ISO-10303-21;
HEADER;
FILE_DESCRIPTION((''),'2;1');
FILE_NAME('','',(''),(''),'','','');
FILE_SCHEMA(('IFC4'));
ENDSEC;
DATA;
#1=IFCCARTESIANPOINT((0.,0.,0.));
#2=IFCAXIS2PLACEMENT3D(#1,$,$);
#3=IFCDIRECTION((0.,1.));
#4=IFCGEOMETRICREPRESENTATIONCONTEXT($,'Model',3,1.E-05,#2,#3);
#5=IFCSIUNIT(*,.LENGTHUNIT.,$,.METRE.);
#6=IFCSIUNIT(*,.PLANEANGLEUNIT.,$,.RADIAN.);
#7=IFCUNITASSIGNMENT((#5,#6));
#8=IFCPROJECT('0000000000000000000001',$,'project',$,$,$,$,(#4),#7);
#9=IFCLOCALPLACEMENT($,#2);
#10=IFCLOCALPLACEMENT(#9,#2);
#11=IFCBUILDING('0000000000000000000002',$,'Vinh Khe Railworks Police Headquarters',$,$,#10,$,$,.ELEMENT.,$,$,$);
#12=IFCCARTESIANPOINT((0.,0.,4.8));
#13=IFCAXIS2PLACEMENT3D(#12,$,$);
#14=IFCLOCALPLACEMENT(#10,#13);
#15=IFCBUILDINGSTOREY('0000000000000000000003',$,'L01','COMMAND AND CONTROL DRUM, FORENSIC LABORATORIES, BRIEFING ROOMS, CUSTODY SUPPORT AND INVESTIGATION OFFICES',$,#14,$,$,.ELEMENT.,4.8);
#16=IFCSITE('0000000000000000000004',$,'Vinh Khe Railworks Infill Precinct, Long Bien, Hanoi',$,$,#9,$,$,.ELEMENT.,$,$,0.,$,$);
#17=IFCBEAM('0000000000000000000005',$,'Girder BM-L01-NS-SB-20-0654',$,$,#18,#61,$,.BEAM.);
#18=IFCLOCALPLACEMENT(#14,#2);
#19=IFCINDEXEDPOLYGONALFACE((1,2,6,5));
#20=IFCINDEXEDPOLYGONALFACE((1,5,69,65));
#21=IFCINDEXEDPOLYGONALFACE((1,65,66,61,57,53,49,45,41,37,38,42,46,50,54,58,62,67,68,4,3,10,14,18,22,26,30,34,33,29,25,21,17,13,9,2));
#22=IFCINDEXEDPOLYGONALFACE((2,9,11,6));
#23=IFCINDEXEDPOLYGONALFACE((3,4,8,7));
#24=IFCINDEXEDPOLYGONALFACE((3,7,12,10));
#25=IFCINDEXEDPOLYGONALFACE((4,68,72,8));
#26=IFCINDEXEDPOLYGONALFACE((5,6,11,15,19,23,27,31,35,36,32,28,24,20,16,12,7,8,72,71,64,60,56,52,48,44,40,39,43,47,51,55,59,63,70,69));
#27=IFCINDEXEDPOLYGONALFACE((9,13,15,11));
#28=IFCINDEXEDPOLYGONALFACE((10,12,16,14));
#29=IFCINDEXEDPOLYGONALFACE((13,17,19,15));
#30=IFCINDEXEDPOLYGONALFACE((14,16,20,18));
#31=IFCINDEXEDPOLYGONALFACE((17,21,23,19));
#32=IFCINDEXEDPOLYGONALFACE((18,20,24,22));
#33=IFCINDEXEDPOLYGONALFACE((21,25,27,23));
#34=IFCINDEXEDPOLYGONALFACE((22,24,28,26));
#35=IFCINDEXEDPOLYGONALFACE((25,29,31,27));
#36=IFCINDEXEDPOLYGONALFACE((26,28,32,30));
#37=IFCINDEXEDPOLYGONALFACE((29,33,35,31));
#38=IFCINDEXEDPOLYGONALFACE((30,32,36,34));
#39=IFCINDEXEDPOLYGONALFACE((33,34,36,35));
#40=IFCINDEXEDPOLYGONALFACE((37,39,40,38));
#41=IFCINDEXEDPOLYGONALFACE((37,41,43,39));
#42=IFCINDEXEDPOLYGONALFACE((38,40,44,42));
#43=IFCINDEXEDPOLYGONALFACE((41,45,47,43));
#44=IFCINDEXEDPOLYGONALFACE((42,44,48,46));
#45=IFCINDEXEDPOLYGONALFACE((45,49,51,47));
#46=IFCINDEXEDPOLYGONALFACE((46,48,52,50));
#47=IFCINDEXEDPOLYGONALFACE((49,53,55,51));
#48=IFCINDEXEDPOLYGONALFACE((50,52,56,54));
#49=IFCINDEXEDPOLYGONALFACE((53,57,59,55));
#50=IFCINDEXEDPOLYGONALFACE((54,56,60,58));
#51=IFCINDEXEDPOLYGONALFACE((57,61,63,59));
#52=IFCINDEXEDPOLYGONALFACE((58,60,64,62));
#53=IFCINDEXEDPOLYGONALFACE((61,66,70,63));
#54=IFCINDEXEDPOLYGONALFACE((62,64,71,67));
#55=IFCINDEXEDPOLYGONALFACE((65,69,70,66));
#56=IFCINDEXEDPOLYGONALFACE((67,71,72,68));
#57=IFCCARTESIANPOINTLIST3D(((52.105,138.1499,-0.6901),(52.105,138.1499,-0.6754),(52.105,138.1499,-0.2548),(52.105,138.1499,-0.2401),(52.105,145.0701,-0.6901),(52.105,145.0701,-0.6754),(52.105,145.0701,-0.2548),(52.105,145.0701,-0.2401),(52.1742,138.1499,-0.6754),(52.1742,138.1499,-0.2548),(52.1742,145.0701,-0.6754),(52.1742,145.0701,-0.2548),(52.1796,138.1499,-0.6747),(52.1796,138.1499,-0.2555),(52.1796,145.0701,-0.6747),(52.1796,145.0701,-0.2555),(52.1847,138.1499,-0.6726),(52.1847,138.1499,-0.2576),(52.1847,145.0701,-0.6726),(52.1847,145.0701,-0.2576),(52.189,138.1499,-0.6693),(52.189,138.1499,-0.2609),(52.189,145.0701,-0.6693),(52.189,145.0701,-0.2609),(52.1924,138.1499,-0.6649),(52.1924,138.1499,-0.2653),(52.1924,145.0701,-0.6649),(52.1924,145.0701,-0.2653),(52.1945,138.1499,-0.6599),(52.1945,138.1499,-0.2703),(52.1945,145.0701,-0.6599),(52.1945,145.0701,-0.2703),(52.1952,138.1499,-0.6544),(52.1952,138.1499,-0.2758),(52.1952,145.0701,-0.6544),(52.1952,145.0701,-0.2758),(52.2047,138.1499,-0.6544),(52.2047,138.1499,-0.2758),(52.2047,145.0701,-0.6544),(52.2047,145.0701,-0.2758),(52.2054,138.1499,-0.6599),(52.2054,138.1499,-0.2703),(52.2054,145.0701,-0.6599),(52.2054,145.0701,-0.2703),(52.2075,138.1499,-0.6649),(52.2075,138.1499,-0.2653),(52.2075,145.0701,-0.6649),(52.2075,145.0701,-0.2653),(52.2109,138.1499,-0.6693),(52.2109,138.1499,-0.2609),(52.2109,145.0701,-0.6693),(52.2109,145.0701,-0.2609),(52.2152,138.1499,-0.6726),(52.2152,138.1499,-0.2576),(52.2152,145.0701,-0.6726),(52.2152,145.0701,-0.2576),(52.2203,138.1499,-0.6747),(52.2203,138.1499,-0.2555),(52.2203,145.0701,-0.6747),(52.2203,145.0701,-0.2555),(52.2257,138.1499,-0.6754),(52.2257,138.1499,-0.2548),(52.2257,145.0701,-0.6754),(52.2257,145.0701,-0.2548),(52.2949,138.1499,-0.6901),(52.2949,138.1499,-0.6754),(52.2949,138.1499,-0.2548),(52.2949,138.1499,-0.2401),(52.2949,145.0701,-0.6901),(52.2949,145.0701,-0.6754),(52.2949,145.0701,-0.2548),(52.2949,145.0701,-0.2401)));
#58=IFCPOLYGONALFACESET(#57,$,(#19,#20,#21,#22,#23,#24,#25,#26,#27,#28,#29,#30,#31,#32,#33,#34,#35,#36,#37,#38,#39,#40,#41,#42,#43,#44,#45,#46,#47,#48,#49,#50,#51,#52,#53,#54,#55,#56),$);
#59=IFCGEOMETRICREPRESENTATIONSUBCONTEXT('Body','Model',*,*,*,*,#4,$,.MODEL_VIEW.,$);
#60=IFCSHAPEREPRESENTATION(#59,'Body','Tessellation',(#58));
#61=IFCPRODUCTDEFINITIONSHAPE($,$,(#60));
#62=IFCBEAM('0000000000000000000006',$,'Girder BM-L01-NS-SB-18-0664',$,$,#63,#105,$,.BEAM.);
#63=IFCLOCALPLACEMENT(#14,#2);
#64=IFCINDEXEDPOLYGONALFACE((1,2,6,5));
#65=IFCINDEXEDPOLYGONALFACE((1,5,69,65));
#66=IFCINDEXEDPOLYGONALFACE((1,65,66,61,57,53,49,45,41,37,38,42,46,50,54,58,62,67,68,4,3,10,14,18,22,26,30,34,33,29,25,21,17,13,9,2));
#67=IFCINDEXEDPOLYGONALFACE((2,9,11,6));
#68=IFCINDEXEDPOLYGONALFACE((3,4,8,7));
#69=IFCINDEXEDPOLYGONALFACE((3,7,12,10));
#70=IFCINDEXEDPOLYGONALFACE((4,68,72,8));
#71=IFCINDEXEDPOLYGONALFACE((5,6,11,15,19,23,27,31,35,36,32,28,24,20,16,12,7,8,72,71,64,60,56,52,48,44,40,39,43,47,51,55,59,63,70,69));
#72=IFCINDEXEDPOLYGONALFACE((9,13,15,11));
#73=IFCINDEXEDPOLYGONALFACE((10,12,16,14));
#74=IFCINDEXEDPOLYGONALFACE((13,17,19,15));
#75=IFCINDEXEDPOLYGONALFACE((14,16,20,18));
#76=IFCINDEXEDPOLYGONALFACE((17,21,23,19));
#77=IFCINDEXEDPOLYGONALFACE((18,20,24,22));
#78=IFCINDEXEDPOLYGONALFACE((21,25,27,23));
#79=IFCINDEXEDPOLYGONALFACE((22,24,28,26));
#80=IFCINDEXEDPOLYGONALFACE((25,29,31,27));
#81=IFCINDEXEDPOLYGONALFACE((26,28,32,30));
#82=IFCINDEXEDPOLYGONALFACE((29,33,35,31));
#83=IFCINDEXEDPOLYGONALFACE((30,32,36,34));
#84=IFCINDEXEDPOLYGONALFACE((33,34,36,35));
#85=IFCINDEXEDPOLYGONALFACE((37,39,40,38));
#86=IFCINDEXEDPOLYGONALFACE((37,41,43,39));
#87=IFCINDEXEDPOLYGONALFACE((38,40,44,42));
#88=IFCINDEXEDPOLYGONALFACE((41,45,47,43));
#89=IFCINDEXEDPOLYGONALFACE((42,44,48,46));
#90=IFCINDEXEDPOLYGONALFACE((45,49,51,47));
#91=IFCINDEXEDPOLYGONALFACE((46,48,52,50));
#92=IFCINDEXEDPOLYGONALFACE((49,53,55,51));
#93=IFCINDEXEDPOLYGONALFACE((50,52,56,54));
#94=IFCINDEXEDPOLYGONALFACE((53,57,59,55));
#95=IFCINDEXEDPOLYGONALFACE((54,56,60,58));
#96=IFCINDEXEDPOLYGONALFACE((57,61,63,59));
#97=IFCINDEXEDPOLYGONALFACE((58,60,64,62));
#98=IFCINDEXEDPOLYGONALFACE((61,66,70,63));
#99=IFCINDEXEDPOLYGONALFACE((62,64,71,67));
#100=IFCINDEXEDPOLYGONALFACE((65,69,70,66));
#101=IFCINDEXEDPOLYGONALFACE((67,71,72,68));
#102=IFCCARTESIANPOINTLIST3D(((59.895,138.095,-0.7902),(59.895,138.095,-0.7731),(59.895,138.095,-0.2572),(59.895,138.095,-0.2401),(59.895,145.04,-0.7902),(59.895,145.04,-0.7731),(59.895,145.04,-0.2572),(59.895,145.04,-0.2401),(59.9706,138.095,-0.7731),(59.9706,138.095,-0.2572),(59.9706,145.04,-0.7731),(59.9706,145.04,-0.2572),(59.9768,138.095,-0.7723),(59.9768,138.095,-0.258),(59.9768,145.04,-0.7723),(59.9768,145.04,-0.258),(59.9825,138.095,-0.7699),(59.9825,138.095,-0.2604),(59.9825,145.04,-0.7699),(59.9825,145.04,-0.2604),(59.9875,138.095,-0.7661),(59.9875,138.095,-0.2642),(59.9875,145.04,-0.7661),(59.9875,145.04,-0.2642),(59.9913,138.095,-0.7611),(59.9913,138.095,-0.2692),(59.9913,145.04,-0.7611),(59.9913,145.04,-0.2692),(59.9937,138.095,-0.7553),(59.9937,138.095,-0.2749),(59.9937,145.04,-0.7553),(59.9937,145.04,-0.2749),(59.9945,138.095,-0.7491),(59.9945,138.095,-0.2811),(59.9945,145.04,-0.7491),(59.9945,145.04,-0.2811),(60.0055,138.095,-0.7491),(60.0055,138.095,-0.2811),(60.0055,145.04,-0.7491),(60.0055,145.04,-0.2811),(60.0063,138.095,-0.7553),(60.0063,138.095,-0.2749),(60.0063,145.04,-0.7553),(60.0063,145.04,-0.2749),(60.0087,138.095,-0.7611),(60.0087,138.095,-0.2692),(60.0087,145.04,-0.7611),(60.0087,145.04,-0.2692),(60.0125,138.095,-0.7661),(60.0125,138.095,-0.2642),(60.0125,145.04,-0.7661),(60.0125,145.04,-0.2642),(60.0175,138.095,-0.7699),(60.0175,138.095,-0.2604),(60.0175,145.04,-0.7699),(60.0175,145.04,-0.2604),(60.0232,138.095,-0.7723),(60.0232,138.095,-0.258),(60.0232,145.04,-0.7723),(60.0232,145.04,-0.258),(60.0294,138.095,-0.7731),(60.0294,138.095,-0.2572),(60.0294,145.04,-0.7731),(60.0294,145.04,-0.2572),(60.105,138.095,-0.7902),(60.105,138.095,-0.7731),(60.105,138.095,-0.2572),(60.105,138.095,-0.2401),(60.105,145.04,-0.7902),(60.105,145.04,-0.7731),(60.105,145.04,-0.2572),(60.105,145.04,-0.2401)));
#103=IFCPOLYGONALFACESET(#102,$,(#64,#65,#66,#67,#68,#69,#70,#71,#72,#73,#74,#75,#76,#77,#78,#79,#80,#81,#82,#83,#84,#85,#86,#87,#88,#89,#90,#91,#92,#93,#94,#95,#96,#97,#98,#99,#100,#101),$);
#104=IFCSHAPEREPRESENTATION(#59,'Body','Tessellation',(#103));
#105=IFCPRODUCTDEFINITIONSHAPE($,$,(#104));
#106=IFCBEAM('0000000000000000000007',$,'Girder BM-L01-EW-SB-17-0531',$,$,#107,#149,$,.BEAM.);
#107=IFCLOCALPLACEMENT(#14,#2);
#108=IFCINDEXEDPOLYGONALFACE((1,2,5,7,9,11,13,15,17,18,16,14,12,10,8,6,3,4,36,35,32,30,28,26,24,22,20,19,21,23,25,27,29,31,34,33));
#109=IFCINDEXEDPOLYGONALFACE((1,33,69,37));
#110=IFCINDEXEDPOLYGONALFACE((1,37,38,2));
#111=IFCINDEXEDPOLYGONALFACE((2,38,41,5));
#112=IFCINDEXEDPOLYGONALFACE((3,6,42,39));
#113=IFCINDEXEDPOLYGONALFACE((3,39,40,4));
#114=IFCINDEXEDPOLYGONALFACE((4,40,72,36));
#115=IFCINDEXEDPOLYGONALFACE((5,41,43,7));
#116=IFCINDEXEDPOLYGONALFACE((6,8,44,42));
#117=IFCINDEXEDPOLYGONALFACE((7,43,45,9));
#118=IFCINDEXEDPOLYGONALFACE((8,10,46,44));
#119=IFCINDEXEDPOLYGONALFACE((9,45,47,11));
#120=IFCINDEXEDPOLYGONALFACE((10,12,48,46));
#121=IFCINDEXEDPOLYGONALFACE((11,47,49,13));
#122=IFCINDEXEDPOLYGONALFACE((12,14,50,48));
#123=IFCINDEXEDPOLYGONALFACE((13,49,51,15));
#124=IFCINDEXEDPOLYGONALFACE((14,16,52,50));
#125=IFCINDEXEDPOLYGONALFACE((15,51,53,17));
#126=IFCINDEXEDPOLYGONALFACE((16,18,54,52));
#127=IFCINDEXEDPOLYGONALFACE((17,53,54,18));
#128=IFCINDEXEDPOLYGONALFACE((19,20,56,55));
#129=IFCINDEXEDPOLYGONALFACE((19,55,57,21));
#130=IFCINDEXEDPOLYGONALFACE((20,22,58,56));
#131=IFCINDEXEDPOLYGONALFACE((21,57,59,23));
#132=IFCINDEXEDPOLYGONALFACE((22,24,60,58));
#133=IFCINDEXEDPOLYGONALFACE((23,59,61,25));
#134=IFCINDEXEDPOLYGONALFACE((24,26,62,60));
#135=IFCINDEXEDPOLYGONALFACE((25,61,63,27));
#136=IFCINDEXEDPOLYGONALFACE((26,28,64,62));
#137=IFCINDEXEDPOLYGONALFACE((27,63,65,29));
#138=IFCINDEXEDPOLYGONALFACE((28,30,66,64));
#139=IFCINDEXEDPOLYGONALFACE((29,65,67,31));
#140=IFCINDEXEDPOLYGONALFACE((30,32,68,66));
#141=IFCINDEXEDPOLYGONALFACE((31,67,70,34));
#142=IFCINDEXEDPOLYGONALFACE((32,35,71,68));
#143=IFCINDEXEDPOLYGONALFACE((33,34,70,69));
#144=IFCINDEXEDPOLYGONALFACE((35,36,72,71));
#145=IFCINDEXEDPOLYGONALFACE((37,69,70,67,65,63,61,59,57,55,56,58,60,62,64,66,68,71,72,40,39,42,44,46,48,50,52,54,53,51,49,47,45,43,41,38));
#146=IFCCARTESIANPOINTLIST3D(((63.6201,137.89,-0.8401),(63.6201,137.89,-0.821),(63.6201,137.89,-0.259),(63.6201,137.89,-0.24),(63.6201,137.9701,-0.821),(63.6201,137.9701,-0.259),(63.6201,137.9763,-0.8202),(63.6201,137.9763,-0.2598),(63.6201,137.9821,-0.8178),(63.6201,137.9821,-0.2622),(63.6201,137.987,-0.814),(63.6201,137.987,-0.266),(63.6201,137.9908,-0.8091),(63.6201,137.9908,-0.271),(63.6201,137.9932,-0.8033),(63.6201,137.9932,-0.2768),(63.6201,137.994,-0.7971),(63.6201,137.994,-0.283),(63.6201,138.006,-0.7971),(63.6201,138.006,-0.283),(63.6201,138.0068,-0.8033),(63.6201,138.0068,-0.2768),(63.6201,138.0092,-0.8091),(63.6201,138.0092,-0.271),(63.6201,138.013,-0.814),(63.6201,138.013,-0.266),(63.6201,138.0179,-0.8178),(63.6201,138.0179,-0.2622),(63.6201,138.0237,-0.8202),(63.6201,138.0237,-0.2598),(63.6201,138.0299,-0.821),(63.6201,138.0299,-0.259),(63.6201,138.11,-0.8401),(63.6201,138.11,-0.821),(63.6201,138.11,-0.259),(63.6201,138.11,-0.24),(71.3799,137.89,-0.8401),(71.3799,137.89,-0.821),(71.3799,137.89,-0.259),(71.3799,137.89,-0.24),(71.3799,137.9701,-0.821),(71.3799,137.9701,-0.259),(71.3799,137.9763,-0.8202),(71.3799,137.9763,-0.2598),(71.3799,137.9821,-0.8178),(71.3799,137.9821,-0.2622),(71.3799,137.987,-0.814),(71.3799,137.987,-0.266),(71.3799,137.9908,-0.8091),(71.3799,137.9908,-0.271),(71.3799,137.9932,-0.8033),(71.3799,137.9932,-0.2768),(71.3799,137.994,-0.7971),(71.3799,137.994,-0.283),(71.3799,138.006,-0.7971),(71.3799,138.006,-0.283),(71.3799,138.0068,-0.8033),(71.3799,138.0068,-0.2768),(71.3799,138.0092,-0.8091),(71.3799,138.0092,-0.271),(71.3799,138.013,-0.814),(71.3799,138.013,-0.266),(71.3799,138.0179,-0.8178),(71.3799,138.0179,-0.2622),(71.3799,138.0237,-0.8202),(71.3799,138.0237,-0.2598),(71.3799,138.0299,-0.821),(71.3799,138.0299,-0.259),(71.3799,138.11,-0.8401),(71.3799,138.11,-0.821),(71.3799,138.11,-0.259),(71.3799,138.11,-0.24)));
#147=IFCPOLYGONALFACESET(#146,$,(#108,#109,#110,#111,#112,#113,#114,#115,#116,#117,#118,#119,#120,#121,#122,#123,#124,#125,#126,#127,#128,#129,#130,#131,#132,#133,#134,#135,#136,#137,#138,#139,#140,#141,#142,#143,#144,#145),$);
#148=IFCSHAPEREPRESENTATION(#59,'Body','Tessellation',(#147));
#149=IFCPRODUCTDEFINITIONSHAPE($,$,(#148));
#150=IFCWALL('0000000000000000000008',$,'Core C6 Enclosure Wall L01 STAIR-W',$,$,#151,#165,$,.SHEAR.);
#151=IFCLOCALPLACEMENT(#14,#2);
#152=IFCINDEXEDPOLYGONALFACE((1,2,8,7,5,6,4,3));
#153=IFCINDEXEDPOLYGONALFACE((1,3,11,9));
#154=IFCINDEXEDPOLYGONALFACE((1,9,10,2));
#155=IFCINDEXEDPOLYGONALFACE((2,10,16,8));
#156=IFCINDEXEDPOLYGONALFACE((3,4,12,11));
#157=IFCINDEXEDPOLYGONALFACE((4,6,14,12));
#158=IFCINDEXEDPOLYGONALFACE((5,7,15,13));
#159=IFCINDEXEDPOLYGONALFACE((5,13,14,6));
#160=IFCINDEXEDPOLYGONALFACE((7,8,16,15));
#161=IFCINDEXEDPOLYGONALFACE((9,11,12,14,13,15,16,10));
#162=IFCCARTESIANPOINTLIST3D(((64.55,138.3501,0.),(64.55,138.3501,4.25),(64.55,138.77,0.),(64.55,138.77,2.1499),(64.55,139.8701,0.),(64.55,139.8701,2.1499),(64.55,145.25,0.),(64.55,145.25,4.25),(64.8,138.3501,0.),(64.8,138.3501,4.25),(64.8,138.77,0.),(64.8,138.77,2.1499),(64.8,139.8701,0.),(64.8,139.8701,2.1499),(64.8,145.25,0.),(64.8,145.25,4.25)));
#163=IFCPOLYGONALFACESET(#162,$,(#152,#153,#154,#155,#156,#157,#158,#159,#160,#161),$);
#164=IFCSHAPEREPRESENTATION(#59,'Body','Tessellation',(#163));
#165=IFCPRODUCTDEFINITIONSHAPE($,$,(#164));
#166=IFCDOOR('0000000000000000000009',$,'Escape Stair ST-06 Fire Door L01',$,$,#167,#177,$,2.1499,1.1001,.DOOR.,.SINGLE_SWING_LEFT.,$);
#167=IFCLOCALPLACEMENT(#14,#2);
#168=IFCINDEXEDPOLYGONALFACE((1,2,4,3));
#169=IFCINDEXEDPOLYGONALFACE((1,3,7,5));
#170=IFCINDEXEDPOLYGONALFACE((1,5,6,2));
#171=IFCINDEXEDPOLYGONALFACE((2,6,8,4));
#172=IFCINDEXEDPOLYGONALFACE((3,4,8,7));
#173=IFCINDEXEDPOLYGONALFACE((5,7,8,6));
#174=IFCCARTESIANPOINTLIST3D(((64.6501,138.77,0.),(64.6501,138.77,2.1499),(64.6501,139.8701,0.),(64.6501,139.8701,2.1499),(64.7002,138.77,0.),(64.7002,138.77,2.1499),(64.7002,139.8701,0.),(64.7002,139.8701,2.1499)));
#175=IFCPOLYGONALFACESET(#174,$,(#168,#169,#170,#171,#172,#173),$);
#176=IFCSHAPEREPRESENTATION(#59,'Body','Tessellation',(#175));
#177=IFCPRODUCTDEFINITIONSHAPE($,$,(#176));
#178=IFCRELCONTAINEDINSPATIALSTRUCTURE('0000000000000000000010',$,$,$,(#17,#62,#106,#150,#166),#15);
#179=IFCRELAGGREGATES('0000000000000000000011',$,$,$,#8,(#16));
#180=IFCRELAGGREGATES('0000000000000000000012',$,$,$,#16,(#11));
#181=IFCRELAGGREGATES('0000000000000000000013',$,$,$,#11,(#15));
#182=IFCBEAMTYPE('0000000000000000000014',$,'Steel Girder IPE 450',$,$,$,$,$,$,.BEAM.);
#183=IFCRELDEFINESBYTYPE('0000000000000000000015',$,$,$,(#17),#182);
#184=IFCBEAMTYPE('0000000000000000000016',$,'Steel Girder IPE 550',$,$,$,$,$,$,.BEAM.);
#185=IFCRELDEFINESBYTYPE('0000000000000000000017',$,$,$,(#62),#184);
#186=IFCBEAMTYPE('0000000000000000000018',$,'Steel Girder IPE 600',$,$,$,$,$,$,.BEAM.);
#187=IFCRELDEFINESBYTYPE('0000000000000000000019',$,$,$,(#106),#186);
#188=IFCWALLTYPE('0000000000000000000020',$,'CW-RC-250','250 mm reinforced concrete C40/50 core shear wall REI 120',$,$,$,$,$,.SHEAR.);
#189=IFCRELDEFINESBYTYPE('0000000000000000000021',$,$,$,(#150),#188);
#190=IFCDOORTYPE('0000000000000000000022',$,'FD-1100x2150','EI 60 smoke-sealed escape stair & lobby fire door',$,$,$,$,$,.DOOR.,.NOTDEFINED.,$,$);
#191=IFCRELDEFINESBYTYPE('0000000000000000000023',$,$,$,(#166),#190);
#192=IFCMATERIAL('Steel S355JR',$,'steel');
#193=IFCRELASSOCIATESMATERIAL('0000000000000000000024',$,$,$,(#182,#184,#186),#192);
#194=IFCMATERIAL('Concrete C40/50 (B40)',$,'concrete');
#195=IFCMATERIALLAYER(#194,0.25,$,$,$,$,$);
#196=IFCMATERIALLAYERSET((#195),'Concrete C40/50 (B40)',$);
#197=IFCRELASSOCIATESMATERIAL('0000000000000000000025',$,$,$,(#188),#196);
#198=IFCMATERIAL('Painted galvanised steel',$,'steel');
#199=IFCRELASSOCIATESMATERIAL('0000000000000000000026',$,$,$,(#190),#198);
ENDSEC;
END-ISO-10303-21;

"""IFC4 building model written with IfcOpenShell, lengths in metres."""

from ifc_helpers import new_model, si_unit, direction, frame, frame_2d, origin, origin_2d, place, context, subcontext, project, spatial, rectangle, i_section, extrude, material, layer, layer_set, material_profile, profile_set, type_object, element, fill, save


model = new_model("IFC4")

# Units and contexts
model_context = context("Model", 3, precision=1e-05, world=origin(), true_north=direction((0.0, 1.0)))
body_context = subcontext(model_context, "Body", "Model", "MODEL_VIEW")
ifc_project = project(units=[si_unit("LENGTHUNIT", "METRE"), si_unit("PLANEANGLEUNIT", "RADIAN")], contexts=[model_context])

# Site, building, storey
site_placement = place(None, origin())
site = spatial("IfcSite", under=ifc_project, at=site_placement, Name="Vinh Khe Railworks Infill Precinct, Long Bien, Hanoi", CompositionType="ELEMENT", RefElevation=0.0)
building_placement = place(site_placement, origin())
building = spatial("IfcBuilding", under=site, at=building_placement, Name="Vinh Khe Railworks Police Headquarters", CompositionType="ELEMENT")
storey_placement = place(building_placement, frame((0.0, 0.0, 4.8)))
storey = spatial("IfcBuildingStorey", under=building, at=storey_placement, Name="L01", Description="COMMAND AND CONTROL DRUM, FORENSIC LABORATORIES, BRIEFING ROOMS, CUSTODY SUPPORT AND INVESTIGATION OFFICES", CompositionType="ELEMENT", Elevation=4.8)

# Shared definitions
ifc_material_1 = material(Name="Steel S355JR", Category="steel")

# Beams
ifc_material_profile_1 = material_profile(ifc_material_1, i_section(OverallWidth=0.1899, OverallDepth=0.45, WebThickness=0.0095, FlangeThickness=0.0146, FilletRadius=0.021, at=origin_2d()), Name="IPE 450")
ifc_profile_set_1 = profile_set([ifc_material_profile_1], Name="Steel S355JR")
beam_type_1 = type_object("IfcBeamType", Name="Steel Girder IPE 450", PredefinedType="BEAM", material=ifc_profile_set_1)
beam_1_placement = place(storey_placement, frame((52.2, 138.1499, -0.4651), z_axis=(0.0, 1.0, 0.0), x_axis=(-1.0, 0.0, 0.0)))
element("IfcBeam", 1, at=beam_1_placement, inside=storey, type_object=beam_type_1, Name="Girder BM-L01-NS-SB-20-0654", PredefinedType="BEAM", context=body_context, shape_type="SweptSolid", body=[
    extrude(i_section(OverallWidth=0.1899, OverallDepth=0.45, WebThickness=0.0095, FlangeThickness=0.0146, FilletRadius=0.021, at=origin_2d()), origin(), (0.0, 0.0, 1.0), 6.9202),
])
ifc_material_profile_2 = material_profile(ifc_material_1, i_section(OverallWidth=0.21, OverallDepth=0.55, WebThickness=0.011, FlangeThickness=0.0171, FilletRadius=0.0239, at=origin_2d()), Name="IPE 550")
ifc_profile_set_2 = profile_set([ifc_material_profile_2], Name="Steel S355JR")
beam_type_2 = type_object("IfcBeamType", Name="Steel Girder IPE 550", PredefinedType="BEAM", material=ifc_profile_set_2)
beam_2_placement = place(storey_placement, frame((60.0, 138.095, -0.5151), z_axis=(0.0, 1.0, 0.0), x_axis=(-1.0, 0.0, 0.0)))
element("IfcBeam", 2, at=beam_2_placement, inside=storey, type_object=beam_type_2, Name="Girder BM-L01-NS-SB-18-0664", PredefinedType="BEAM", context=body_context, shape_type="SweptSolid", body=[
    extrude(i_section(OverallWidth=0.21, OverallDepth=0.55, WebThickness=0.011, FlangeThickness=0.0171, FilletRadius=0.0239, at=origin_2d()), origin(), (0.0, 0.0, 1.0), 6.9451),
])
ifc_material_profile_3 = material_profile(ifc_material_1, i_section(OverallWidth=0.22, OverallDepth=0.6001, WebThickness=0.012, FlangeThickness=0.019, FilletRadius=0.0239, at=origin_2d()), Name="IPE 600")
ifc_profile_set_3 = profile_set([ifc_material_profile_3], Name="Steel S355JR")
beam_type_3 = type_object("IfcBeamType", Name="Steel Girder IPE 600", PredefinedType="BEAM", material=ifc_profile_set_3)
beam_3_placement = place(storey_placement, frame((63.6201, 138.0, -0.54), z_axis=(1.0, 0.0, 0.0), x_axis=(0.0, 1.0, 0.0)))
element("IfcBeam", 3, at=beam_3_placement, inside=storey, type_object=beam_type_3, Name="Girder BM-L01-EW-SB-17-0531", PredefinedType="BEAM", context=body_context, shape_type="SweptSolid", body=[
    extrude(i_section(OverallWidth=0.22, OverallDepth=0.6001, WebThickness=0.012, FlangeThickness=0.019, FilletRadius=0.0239, at=origin_2d()), origin(), (0.0, 0.0, 1.0), 7.7598),
])

# Wall, opening, door
ifc_material_2 = material(Name="Concrete C40/50 (B40)", Category="concrete")
ifc_layer_1 = layer(ifc_material_2, 0.25)
ifc_layer_set_1 = layer_set([ifc_layer_1], Name="Concrete C40/50 (B40)")
wall_type_1 = type_object("IfcWallType", Name="CW-RC-250", Description="250 mm reinforced concrete C40/50 core shear wall REI 120", PredefinedType="SHEAR", material=ifc_layer_set_1)
wall_1_placement = place(storey_placement, frame((64.675, 138.3501, 0.0), z_axis=(0.0, 0.0, 1.0), x_axis=(0.0, 1.0, 0.0)))
wall_1 = element("IfcWall", 4, at=wall_1_placement, inside=storey, type_object=wall_type_1, Name="Core C6 Enclosure Wall L01 STAIR-W", PredefinedType="SHEAR", context=body_context, shape_type="SweptSolid", body=[
    extrude(rectangle(XDim=6.8999, YDim=0.25, at=frame_2d((3.45, 0.0))), origin(), (0.0, 0.0, 1.0), 4.25),
])
opening_1_placement = place(wall_1_placement, frame((0.4199, 0.0, 0.0)))
opening_1 = element("IfcOpeningElement", 5, at=opening_1_placement, cuts=wall_1, PredefinedType="OPENING", context=body_context, shape_type="SweptSolid", body=[
    extrude(rectangle(XDim=1.1001, YDim=2.1499, at=frame_2d((0.55, 1.075))), frame((0.0, 0.1399, 0.0), z_axis=(0.0, -1.0, 0.0), x_axis=(1.0, 0.0, 0.0)), (0.0, 0.0, 1.0), 0.2798),
])
ifc_material_3 = material(Name="Painted galvanised steel", Category="steel")
door_type = type_object("IfcDoorType", Name="FD-1100x2150", Description="EI 60 smoke-sealed escape stair & lobby fire door", OperationType="NOTDEFINED", PredefinedType="DOOR", material=ifc_material_3)
door_placement = place(opening_1_placement, origin())
door = element("IfcDoor", 6, at=door_placement, inside=storey, type_object=door_type, Name="Escape Stair ST-06 Fire Door L01", OperationType="SINGLE_SWING_LEFT", OverallHeight=2.1499, OverallWidth=1.1001, PredefinedType="DOOR", context=body_context, shape_type="SweptSolid", body=[
    extrude(rectangle(XDim=1.1001, YDim=2.1499, at=frame_2d((0.55, 1.075))), frame((0.0, 0.0249, 0.0), z_axis=(0.0, -1.0, 0.0), x_axis=(1.0, 0.0, 0.0)), (0.0, 0.0, 1.0), 0.05),
])
fill(opening_1, door)

save(model, "model.ifc")
